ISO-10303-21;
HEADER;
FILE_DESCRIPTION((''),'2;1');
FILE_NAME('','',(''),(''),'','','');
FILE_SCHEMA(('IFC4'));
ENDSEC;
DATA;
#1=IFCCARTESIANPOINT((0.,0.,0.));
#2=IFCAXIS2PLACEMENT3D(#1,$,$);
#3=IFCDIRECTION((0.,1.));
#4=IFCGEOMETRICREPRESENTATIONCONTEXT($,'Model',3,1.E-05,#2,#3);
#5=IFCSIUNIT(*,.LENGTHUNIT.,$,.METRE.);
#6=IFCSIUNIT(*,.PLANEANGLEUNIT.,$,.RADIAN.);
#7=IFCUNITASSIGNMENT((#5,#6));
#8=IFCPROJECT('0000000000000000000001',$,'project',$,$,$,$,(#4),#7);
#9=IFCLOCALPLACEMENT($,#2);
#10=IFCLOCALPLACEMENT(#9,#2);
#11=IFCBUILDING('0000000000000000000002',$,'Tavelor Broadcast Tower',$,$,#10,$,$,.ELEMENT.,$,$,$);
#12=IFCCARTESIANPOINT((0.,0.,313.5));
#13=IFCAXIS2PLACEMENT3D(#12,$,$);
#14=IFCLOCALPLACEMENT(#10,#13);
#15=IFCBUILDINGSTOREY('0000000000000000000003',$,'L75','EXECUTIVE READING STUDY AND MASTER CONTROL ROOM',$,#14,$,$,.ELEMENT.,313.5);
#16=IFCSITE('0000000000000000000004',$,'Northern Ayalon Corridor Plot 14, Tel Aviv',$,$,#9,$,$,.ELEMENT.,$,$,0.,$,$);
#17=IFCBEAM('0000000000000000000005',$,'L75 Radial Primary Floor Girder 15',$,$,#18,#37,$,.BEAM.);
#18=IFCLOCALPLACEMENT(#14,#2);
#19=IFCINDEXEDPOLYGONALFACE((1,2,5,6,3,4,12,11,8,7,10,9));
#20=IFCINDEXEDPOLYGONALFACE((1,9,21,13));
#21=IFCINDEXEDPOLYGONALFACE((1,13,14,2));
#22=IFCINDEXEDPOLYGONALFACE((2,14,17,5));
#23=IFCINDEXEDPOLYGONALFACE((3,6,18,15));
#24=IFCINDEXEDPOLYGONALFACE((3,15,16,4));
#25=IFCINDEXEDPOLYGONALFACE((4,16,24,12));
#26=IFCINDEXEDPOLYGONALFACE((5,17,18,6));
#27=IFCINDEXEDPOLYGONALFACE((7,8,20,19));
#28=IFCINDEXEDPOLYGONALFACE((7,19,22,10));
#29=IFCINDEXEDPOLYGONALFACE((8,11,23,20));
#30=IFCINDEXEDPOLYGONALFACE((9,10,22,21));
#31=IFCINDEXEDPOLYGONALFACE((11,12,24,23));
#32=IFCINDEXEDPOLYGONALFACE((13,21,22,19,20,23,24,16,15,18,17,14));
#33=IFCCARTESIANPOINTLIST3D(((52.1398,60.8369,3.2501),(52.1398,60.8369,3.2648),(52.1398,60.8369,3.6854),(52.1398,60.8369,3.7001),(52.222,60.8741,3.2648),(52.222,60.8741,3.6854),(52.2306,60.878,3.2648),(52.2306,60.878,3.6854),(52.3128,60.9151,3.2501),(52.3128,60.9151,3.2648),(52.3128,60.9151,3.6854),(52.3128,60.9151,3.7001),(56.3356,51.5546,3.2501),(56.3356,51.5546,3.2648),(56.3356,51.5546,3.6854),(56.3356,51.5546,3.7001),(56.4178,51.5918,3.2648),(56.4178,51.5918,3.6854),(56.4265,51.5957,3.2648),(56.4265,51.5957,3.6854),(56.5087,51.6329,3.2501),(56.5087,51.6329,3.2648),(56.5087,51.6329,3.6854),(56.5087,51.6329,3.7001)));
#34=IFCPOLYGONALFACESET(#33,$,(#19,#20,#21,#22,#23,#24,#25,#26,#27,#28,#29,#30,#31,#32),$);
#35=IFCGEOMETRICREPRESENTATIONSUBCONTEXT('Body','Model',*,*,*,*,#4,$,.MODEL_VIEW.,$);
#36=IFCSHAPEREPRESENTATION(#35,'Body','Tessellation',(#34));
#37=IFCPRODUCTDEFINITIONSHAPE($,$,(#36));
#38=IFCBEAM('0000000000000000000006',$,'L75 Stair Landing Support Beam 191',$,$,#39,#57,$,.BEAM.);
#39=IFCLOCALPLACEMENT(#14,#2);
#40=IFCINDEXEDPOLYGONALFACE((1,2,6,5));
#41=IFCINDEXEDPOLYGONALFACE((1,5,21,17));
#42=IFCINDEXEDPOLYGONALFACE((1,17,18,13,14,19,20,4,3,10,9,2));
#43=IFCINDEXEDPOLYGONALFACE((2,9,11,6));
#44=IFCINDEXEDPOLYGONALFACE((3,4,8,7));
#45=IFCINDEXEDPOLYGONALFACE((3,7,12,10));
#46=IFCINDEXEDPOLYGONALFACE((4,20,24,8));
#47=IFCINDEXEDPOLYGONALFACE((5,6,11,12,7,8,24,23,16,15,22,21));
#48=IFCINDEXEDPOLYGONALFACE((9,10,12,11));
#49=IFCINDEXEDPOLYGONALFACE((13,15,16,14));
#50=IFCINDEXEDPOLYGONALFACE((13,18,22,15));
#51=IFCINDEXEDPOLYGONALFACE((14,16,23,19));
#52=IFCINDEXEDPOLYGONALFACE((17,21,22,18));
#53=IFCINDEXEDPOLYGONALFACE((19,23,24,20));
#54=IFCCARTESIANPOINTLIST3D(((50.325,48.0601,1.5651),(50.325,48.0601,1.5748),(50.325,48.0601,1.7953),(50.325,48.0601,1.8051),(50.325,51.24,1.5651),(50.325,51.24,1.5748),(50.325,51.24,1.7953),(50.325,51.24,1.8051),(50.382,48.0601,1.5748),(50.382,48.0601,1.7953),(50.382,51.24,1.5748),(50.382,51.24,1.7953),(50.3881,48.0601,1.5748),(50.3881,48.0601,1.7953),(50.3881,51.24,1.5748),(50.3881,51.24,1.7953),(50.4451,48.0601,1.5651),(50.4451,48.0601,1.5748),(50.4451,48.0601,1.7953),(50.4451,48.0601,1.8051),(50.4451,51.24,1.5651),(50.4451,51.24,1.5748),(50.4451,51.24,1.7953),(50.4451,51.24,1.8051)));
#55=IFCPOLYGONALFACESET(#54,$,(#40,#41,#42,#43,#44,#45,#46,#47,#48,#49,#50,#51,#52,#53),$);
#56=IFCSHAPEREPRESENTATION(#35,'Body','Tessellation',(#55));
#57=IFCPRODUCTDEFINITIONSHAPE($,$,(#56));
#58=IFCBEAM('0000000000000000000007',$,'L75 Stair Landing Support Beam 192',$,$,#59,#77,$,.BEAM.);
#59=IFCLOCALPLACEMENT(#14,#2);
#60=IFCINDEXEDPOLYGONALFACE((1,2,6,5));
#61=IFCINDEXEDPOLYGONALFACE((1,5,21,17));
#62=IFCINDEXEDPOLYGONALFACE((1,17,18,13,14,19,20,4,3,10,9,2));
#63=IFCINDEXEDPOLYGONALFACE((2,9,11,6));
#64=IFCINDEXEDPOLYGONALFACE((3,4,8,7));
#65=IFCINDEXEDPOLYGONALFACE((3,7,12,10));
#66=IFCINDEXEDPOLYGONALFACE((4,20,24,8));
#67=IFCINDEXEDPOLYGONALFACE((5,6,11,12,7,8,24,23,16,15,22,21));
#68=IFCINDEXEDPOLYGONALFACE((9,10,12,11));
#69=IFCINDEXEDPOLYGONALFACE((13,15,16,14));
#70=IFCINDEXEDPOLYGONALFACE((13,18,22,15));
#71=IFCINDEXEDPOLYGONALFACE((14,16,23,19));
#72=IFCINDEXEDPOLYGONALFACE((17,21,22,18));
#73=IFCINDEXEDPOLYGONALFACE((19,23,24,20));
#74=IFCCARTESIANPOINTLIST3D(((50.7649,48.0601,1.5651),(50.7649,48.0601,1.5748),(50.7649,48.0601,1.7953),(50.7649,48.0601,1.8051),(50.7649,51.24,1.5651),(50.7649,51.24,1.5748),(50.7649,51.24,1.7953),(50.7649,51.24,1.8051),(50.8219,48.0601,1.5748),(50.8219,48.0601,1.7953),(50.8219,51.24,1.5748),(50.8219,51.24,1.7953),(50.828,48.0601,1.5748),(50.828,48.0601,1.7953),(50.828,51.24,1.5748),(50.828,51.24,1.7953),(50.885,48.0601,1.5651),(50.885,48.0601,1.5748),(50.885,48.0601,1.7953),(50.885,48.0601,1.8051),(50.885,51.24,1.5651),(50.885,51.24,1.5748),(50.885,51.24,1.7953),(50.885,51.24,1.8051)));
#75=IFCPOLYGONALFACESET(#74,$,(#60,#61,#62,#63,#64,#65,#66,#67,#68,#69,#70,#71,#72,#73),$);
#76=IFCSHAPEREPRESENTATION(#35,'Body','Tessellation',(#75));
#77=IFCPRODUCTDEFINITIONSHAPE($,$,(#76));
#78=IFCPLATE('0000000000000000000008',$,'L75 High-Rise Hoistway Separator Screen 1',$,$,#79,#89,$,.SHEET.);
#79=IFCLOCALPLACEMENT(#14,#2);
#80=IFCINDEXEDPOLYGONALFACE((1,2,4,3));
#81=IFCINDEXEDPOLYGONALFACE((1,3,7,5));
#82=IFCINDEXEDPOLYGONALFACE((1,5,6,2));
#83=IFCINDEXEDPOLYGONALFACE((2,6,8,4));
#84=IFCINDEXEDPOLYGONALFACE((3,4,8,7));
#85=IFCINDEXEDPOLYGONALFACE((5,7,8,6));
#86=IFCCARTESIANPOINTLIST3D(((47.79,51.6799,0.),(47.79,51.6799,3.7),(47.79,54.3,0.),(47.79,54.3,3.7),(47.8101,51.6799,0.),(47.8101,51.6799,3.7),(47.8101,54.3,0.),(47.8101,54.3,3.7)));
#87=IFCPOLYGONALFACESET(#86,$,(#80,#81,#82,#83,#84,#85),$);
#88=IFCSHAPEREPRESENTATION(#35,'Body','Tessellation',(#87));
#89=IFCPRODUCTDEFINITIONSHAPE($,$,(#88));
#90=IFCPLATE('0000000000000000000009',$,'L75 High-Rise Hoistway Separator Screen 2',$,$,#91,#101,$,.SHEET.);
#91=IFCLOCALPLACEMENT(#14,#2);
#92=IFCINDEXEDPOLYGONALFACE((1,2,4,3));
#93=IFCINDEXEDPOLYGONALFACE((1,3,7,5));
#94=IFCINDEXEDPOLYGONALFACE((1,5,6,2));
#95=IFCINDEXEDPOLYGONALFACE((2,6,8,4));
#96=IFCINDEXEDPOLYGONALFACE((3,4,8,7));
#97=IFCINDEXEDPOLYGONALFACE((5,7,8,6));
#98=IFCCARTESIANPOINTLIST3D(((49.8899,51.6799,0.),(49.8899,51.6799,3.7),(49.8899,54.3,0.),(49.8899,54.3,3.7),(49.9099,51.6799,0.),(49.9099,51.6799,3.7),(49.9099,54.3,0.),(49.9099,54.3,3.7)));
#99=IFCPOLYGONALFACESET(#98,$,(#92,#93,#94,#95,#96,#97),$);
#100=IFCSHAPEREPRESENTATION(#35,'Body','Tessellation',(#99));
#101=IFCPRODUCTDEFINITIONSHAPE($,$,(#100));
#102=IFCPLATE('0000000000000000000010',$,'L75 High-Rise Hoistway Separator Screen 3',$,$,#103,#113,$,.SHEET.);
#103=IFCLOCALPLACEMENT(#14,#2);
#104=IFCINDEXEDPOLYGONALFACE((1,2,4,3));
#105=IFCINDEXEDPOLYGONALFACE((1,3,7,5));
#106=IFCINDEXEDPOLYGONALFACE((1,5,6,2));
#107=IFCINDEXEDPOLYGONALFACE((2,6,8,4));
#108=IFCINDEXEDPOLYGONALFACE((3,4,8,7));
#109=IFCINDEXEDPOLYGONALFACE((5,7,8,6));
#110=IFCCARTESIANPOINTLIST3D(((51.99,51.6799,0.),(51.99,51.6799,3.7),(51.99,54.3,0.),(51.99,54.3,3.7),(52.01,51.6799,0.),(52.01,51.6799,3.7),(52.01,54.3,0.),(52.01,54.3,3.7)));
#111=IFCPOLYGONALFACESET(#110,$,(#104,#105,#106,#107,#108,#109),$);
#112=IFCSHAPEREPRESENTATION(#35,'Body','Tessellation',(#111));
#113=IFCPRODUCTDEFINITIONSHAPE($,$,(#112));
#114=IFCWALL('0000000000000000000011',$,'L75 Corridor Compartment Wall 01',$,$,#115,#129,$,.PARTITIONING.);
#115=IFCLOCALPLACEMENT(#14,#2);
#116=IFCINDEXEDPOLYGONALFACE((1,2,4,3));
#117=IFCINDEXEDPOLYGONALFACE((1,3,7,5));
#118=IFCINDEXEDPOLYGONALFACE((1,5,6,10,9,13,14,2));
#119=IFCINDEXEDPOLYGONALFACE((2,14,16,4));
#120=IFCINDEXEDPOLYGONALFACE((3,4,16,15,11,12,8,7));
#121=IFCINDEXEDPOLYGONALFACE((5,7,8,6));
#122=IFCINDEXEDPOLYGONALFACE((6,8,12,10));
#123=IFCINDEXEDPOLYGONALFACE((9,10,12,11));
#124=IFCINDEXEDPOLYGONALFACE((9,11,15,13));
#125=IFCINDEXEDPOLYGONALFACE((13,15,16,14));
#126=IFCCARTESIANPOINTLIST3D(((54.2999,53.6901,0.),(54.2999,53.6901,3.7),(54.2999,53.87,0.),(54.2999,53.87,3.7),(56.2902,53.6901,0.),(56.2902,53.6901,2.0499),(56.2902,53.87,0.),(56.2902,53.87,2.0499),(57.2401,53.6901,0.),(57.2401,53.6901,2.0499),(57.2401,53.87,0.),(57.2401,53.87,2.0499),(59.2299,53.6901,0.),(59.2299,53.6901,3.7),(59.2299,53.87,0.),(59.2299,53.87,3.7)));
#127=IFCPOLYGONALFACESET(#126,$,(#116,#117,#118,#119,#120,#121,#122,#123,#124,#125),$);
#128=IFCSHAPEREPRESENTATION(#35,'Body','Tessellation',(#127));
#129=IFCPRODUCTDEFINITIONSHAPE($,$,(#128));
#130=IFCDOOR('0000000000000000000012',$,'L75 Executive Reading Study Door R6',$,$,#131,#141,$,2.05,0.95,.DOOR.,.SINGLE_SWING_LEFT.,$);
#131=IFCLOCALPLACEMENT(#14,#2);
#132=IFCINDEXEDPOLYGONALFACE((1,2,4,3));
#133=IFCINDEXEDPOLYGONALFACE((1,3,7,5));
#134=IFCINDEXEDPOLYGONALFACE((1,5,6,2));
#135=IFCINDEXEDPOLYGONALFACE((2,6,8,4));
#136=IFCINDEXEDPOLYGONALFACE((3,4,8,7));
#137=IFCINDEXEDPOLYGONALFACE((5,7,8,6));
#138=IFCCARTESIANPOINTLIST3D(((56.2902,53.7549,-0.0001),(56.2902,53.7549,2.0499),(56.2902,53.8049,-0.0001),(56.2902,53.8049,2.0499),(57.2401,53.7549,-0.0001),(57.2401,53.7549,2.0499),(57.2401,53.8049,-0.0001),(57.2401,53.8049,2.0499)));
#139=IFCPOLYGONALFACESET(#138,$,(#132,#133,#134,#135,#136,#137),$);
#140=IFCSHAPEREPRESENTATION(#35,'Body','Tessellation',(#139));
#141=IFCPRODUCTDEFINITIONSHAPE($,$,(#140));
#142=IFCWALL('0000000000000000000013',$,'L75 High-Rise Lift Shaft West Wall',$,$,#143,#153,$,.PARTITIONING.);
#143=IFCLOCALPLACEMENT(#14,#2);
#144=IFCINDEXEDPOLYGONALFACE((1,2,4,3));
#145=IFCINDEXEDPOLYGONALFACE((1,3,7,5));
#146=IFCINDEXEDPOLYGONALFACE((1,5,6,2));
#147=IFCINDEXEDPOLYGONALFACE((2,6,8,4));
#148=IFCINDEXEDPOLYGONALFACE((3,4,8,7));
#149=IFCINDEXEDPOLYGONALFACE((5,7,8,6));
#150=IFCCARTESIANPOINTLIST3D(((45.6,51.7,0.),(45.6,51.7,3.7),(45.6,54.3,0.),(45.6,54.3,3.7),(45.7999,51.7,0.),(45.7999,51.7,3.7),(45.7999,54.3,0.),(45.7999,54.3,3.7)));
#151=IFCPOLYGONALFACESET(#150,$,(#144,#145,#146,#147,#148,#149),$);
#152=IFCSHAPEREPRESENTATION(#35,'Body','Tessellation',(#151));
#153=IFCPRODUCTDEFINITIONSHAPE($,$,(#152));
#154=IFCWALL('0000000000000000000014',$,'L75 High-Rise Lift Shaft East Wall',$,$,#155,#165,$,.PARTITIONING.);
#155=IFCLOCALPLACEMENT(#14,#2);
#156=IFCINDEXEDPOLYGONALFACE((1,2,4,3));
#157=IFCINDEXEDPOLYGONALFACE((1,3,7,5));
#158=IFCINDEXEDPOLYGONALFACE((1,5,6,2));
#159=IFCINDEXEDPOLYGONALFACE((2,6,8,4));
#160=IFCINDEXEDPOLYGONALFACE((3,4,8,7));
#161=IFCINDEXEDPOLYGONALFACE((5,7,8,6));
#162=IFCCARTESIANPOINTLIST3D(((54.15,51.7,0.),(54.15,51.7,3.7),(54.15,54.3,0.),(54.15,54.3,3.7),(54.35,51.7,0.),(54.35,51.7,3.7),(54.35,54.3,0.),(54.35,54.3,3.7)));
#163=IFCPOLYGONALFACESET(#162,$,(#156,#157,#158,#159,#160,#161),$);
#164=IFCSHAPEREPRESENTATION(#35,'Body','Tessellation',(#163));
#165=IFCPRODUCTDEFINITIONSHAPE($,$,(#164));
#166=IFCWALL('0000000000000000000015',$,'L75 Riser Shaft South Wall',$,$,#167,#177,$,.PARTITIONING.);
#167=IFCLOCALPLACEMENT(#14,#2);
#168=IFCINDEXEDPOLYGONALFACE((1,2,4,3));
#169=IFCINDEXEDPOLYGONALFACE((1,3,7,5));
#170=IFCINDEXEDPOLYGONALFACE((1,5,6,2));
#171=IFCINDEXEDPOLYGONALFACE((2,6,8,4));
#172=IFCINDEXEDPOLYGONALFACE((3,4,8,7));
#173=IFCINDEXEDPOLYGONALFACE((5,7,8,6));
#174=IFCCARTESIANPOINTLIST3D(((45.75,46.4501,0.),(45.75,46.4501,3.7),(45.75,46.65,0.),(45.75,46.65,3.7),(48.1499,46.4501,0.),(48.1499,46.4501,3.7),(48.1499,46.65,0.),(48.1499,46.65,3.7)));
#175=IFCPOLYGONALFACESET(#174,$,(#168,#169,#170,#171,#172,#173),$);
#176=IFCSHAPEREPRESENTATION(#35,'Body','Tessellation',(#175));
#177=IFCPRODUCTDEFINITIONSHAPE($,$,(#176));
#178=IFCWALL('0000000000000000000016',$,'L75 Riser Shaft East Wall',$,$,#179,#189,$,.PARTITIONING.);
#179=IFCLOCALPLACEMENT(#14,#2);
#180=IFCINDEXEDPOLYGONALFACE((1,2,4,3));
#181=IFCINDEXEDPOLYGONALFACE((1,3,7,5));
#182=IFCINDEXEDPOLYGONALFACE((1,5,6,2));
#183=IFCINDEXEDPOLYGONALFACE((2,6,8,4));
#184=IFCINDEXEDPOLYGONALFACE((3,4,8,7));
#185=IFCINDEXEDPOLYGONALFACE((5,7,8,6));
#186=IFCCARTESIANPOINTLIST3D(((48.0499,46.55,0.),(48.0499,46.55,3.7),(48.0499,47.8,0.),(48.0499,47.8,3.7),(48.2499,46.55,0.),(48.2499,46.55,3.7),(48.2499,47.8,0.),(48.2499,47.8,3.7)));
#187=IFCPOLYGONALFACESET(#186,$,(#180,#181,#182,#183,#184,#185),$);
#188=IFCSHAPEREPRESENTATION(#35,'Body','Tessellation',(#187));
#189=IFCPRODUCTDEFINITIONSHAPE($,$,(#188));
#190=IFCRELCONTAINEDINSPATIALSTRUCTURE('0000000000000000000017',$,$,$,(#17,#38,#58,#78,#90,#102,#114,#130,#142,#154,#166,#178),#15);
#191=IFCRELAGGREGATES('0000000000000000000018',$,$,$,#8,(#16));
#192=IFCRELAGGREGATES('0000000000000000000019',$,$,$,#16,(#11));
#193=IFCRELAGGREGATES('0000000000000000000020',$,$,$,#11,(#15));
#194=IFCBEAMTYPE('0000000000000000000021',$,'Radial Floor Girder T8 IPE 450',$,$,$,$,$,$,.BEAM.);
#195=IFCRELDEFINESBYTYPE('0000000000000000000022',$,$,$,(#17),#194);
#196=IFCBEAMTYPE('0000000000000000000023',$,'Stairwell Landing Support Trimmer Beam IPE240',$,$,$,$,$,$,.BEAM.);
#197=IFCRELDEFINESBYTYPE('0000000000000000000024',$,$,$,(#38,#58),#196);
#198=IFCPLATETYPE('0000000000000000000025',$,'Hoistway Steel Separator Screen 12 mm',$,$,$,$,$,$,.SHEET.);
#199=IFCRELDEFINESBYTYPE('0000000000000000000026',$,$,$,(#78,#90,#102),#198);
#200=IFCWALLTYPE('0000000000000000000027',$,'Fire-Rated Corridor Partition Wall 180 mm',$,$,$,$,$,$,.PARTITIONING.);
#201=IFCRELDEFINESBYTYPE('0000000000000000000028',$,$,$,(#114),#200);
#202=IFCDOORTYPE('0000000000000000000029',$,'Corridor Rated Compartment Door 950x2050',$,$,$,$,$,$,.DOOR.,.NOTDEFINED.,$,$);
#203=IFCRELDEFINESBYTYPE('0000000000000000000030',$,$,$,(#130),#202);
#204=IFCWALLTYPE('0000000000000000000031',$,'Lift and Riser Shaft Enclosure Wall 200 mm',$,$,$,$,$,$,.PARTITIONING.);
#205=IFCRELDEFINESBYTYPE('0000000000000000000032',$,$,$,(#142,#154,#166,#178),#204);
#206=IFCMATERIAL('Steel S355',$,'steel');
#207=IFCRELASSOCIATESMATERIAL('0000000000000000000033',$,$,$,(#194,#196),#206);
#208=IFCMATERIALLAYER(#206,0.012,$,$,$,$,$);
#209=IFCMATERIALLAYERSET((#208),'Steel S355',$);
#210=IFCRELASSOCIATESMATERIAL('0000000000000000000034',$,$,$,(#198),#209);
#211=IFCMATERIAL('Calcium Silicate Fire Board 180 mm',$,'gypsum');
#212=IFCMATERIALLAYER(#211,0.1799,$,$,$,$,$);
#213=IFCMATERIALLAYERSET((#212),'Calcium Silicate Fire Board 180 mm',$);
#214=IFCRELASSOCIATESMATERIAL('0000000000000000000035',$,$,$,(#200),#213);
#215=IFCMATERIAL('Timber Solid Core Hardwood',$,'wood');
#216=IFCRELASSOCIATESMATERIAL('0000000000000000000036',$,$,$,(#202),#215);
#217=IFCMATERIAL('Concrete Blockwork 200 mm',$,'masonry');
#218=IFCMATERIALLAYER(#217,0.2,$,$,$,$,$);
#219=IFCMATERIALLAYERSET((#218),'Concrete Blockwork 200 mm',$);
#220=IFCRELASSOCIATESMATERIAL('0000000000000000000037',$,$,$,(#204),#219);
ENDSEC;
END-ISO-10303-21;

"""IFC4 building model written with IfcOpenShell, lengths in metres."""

from ifc_helpers import new_model, si_unit, direction, frame, frame_2d, origin, origin_2d, place, context, subcontext, project, spatial, rectangle, i_section, extrude, source, transform, mapped, material, layer, layer_set, material_profile, profile_set, type_object, type_shapes, element, fill, save


model = new_model("IFC4")

# Units and contexts
model_context = context("Model", 3, precision=1e-05, world=origin(), true_north=direction((0.0, 1.0)))
body_context = subcontext(model_context, "Body", "Model", "MODEL_VIEW")
ifc_project = project(units=[si_unit("LENGTHUNIT", "METRE"), si_unit("PLANEANGLEUNIT", "RADIAN")], contexts=[model_context])

# Site, building, storey
site_placement = place(None, origin())
site = spatial("IfcSite", under=ifc_project, at=site_placement, Name="Northern Ayalon Corridor Plot 14, Tel Aviv", CompositionType="ELEMENT", RefElevation=0.0)
building_placement = place(site_placement, origin())
building = spatial("IfcBuilding", under=site, at=building_placement, Name="Tavelor Broadcast Tower", CompositionType="ELEMENT")
storey_placement = place(building_placement, frame((0.0, 0.0, 313.5)))
storey = spatial("IfcBuildingStorey", under=building, at=storey_placement, Name="L75", Description="EXECUTIVE READING STUDY AND MASTER CONTROL ROOM", CompositionType="ELEMENT", Elevation=313.5)

# Beams
ifc_material_1 = material(Name="Steel S355", Category="steel")
ifc_material_profile_1 = material_profile(ifc_material_1, i_section(OverallWidth=0.1899, OverallDepth=0.45, WebThickness=0.0095, FlangeThickness=0.0146, at=origin_2d()), Name="IPE 450")
ifc_profile_set_1 = profile_set([ifc_material_profile_1], Name="Steel S355")
beam_type_1 = type_object("IfcBeamType", Name="Radial Floor Girder T8 IPE 450", PredefinedType="BEAM", material=ifc_profile_set_1)
beam_placement = place(storey_placement, frame((56.4221, 51.5938, 3.4751), z_axis=(-0.411899, 0.91123, 0.0), x_axis=(-0.91123, -0.411899, 0.0)))
element("IfcBeam", 1, at=beam_placement, inside=storey, type_object=beam_type_1, Name="L75 Radial Primary Floor Girder 15", PredefinedType="BEAM", context=body_context, shape_type="SweptSolid", body=[
    extrude(i_section(OverallWidth=0.1899, OverallDepth=0.45, WebThickness=0.0095, FlangeThickness=0.0146, at=origin_2d()), origin(), (0.0, 0.0, 1.0), 10.1865),
])
ifc_material_profile_2 = material_profile(ifc_material_1, i_section(OverallWidth=0.1201, OverallDepth=0.24, WebThickness=0.0061, FlangeThickness=0.0098, at=origin_2d()), Name="IPE 240")
ifc_profile_set_2 = profile_set([ifc_material_profile_2], Name="Steel S355")
beam_type_2 = type_object("IfcBeamType", Name="Stairwell Landing Support Trimmer Beam IPE240", PredefinedType="BEAM", material=ifc_profile_set_2)
for number, where, z_axis, x_axis, name in (
    (2, (50.385, 48.0601, 1.6851), (0.0, 1.0, 0.0), (-1.0, 0.0, 0.0), "L75 Stair Landing Support Beam 191"),
    (3, (50.825, 48.0601, 1.6851), (0.0, 1.0, 0.0), (-1.0, 0.0, 0.0), "L75 Stair Landing Support Beam 192"),
):
    element("IfcBeam", number, at=place(storey_placement, frame(where, z_axis=z_axis, x_axis=x_axis)), inside=storey, type_object=beam_type_2, Name=name, PredefinedType="BEAM", context=body_context, shape_type="SweptSolid", body=[
        extrude(i_section(OverallWidth=0.1201, OverallDepth=0.24, WebThickness=0.0061, FlangeThickness=0.0098, at=origin_2d()), origin(), (0.0, 0.0, 1.0), 3.1799),
    ])

# Plates
ifc_layer_1 = layer(ifc_material_1, 0.012)
ifc_layer_set_1 = layer_set([ifc_layer_1], Name="Steel S355")
plate_type = type_object("IfcPlateType", Name="Hoistway Steel Separator Screen 12 mm", PredefinedType="SHEET", material=ifc_layer_set_1)
shared_shape = source(origin(), body_context, "Body", "SweptSolid", [
    extrude(rectangle(XDim=0.02, YDim=2.6201, at=origin_2d()), origin(), (0.0, 0.0, 1.0), 3.7),
])
type_shapes(plate_type, [shared_shape])
for number, where, z_axis, x_axis, name in (
    (4, (47.8, 52.99, 0.0), (0.0, 0.0, 1.0), (1.0, 0.0, 0.0), "L75 High-Rise Hoistway Separator Screen 1"),
    (5, (49.8999, 52.99, 0.0), (0.0, 0.0, 1.0), (1.0, 0.0, 0.0), "L75 High-Rise Hoistway Separator Screen 2"),
    (6, (52.0, 52.99, 0.0), (0.0, 0.0, 1.0), (1.0, 0.0, 0.0), "L75 High-Rise Hoistway Separator Screen 3"),
):
    element("IfcPlate", number, at=place(storey_placement, frame(where, z_axis=z_axis, x_axis=x_axis)), inside=storey, type_object=plate_type, Name=name, PredefinedType="SHEET", context=body_context, shape_type="MappedRepresentation", body=[
        mapped(shared_shape, transform((0.0, 0.0, 0.0), scale=1.0)),
    ])

# Wall, opening, door
ifc_material_2 = material(Name="Calcium Silicate Fire Board 180 mm", Category="gypsum")
ifc_layer_2 = layer(ifc_material_2, 0.1799)
ifc_layer_set_2 = layer_set([ifc_layer_2], Name="Calcium Silicate Fire Board 180 mm")
wall_type_1 = type_object("IfcWallType", Name="Fire-Rated Corridor Partition Wall 180 mm", PredefinedType="PARTITIONING", material=ifc_layer_set_2)
wall_1_placement = place(storey_placement, frame((54.3, 53.78, 0.0), z_axis=(0.0, 0.0, 1.0), x_axis=(1.0, 0.0, 0.0)))
wall_1 = element("IfcWall", 7, at=wall_1_placement, inside=storey, type_object=wall_type_1, Name="L75 Corridor Compartment Wall 01", PredefinedType="PARTITIONING", context=body_context, shape_type="SweptSolid", body=[
    extrude(rectangle(XDim=4.9299, YDim=0.1799, at=frame_2d((2.4648, 0.0))), origin(), (0.0, 0.0, 1.0), 3.7),
])
opening_1_placement = place(wall_1_placement, frame((1.99, 0.0, 0.0)))
opening_1 = element("IfcOpeningElement", 8, at=opening_1_placement, cuts=wall_1, PredefinedType="OPENING", context=body_context, shape_type="SweptSolid", body=[
    extrude(rectangle(XDim=0.95, YDim=2.05, at=frame_2d((0.4751, 1.0249))), frame((0.0, 0.1001, 0.0), z_axis=(0.0, -1.0, 0.0), x_axis=(1.0, 0.0, 0.0)), (0.0, 0.0, 1.0), 0.2),
])
ifc_material_3 = material(Name="Timber Solid Core Hardwood", Category="wood")
door_type_1 = type_object("IfcDoorType", Name="Corridor Rated Compartment Door 950x2050", OperationType="NOTDEFINED", PredefinedType="DOOR", material=ifc_material_3)
door_1_placement = place(opening_1_placement, origin())
door_1 = element("IfcDoor", 9, at=door_1_placement, inside=storey, type_object=door_type_1, Name="L75 Executive Reading Study Door R6", OperationType="SINGLE_SWING_LEFT", OverallHeight=2.05, OverallWidth=0.95, PredefinedType="DOOR", context=body_context, shape_type="SweptSolid", body=[
    extrude(rectangle(XDim=0.95, YDim=2.05, at=frame_2d((0.4751, 1.0249))), frame((0.0, 0.0249, 0.0), z_axis=(0.0, -1.0, 0.0), x_axis=(1.0, 0.0, 0.0)), (0.0, 0.0, 1.0), 0.05),
])
fill(opening_1, door_1)

# Shared definitions
ifc_material_4 = material(Name="Concrete Blockwork 200 mm", Category="masonry")

# Walls
ifc_layer_3 = layer(ifc_material_4, 0.2)
ifc_layer_set_3 = layer_set([ifc_layer_3], Name="Concrete Blockwork 200 mm")
wall_type_2 = type_object("IfcWallType", Name="Lift and Riser Shaft Enclosure Wall 200 mm", PredefinedType="PARTITIONING", material=ifc_layer_set_3)
for number, where, z_axis, x_axis, name in (
    (10, (45.7, 51.7, 0.0), (0.0, 0.0, 1.0), (0.0, 1.0, 0.0), "L75 High-Rise Lift Shaft West Wall"),
    (11, (54.25, 51.7, 0.0), (0.0, 0.0, 1.0), (0.0, 1.0, 0.0), "L75 High-Rise Lift Shaft East Wall"),
):
    element("IfcWall", number, at=place(storey_placement, frame(where, z_axis=z_axis, x_axis=x_axis)), inside=storey, type_object=wall_type_2, Name=name, PredefinedType="PARTITIONING", context=body_context, shape_type="SweptSolid", body=[
        extrude(rectangle(XDim=2.6001, YDim=0.2, at=frame_2d((1.3, 0.0))), origin(), (0.0, 0.0, 1.0), 3.7),
    ])
wall_2_placement = place(storey_placement, frame((45.75, 46.55, 0.0), z_axis=(0.0, 0.0, 1.0), x_axis=(1.0, 0.0, 0.0)))
element("IfcWall", 12, at=wall_2_placement, inside=storey, type_object=wall_type_2, Name="L75 Riser Shaft South Wall", PredefinedType="PARTITIONING", context=body_context, shape_type="SweptSolid", body=[
    extrude(rectangle(XDim=2.3999, YDim=0.2, at=frame_2d((1.2, 0.0))), origin(), (0.0, 0.0, 1.0), 3.7),
])
wall_3_placement = place(storey_placement, frame((48.1499, 46.55, 0.0), z_axis=(0.0, 0.0, 1.0), x_axis=(0.0, 1.0, 0.0)))
element("IfcWall", 13, at=wall_3_placement, inside=storey, type_object=wall_type_2, Name="L75 Riser Shaft East Wall", PredefinedType="PARTITIONING", context=body_context, shape_type="SweptSolid", body=[
    extrude(rectangle(XDim=1.25, YDim=0.2, at=frame_2d((0.625, 0.0))), origin(), (0.0, 0.0, 1.0), 3.7),
])

save(model, "model.ifc")
